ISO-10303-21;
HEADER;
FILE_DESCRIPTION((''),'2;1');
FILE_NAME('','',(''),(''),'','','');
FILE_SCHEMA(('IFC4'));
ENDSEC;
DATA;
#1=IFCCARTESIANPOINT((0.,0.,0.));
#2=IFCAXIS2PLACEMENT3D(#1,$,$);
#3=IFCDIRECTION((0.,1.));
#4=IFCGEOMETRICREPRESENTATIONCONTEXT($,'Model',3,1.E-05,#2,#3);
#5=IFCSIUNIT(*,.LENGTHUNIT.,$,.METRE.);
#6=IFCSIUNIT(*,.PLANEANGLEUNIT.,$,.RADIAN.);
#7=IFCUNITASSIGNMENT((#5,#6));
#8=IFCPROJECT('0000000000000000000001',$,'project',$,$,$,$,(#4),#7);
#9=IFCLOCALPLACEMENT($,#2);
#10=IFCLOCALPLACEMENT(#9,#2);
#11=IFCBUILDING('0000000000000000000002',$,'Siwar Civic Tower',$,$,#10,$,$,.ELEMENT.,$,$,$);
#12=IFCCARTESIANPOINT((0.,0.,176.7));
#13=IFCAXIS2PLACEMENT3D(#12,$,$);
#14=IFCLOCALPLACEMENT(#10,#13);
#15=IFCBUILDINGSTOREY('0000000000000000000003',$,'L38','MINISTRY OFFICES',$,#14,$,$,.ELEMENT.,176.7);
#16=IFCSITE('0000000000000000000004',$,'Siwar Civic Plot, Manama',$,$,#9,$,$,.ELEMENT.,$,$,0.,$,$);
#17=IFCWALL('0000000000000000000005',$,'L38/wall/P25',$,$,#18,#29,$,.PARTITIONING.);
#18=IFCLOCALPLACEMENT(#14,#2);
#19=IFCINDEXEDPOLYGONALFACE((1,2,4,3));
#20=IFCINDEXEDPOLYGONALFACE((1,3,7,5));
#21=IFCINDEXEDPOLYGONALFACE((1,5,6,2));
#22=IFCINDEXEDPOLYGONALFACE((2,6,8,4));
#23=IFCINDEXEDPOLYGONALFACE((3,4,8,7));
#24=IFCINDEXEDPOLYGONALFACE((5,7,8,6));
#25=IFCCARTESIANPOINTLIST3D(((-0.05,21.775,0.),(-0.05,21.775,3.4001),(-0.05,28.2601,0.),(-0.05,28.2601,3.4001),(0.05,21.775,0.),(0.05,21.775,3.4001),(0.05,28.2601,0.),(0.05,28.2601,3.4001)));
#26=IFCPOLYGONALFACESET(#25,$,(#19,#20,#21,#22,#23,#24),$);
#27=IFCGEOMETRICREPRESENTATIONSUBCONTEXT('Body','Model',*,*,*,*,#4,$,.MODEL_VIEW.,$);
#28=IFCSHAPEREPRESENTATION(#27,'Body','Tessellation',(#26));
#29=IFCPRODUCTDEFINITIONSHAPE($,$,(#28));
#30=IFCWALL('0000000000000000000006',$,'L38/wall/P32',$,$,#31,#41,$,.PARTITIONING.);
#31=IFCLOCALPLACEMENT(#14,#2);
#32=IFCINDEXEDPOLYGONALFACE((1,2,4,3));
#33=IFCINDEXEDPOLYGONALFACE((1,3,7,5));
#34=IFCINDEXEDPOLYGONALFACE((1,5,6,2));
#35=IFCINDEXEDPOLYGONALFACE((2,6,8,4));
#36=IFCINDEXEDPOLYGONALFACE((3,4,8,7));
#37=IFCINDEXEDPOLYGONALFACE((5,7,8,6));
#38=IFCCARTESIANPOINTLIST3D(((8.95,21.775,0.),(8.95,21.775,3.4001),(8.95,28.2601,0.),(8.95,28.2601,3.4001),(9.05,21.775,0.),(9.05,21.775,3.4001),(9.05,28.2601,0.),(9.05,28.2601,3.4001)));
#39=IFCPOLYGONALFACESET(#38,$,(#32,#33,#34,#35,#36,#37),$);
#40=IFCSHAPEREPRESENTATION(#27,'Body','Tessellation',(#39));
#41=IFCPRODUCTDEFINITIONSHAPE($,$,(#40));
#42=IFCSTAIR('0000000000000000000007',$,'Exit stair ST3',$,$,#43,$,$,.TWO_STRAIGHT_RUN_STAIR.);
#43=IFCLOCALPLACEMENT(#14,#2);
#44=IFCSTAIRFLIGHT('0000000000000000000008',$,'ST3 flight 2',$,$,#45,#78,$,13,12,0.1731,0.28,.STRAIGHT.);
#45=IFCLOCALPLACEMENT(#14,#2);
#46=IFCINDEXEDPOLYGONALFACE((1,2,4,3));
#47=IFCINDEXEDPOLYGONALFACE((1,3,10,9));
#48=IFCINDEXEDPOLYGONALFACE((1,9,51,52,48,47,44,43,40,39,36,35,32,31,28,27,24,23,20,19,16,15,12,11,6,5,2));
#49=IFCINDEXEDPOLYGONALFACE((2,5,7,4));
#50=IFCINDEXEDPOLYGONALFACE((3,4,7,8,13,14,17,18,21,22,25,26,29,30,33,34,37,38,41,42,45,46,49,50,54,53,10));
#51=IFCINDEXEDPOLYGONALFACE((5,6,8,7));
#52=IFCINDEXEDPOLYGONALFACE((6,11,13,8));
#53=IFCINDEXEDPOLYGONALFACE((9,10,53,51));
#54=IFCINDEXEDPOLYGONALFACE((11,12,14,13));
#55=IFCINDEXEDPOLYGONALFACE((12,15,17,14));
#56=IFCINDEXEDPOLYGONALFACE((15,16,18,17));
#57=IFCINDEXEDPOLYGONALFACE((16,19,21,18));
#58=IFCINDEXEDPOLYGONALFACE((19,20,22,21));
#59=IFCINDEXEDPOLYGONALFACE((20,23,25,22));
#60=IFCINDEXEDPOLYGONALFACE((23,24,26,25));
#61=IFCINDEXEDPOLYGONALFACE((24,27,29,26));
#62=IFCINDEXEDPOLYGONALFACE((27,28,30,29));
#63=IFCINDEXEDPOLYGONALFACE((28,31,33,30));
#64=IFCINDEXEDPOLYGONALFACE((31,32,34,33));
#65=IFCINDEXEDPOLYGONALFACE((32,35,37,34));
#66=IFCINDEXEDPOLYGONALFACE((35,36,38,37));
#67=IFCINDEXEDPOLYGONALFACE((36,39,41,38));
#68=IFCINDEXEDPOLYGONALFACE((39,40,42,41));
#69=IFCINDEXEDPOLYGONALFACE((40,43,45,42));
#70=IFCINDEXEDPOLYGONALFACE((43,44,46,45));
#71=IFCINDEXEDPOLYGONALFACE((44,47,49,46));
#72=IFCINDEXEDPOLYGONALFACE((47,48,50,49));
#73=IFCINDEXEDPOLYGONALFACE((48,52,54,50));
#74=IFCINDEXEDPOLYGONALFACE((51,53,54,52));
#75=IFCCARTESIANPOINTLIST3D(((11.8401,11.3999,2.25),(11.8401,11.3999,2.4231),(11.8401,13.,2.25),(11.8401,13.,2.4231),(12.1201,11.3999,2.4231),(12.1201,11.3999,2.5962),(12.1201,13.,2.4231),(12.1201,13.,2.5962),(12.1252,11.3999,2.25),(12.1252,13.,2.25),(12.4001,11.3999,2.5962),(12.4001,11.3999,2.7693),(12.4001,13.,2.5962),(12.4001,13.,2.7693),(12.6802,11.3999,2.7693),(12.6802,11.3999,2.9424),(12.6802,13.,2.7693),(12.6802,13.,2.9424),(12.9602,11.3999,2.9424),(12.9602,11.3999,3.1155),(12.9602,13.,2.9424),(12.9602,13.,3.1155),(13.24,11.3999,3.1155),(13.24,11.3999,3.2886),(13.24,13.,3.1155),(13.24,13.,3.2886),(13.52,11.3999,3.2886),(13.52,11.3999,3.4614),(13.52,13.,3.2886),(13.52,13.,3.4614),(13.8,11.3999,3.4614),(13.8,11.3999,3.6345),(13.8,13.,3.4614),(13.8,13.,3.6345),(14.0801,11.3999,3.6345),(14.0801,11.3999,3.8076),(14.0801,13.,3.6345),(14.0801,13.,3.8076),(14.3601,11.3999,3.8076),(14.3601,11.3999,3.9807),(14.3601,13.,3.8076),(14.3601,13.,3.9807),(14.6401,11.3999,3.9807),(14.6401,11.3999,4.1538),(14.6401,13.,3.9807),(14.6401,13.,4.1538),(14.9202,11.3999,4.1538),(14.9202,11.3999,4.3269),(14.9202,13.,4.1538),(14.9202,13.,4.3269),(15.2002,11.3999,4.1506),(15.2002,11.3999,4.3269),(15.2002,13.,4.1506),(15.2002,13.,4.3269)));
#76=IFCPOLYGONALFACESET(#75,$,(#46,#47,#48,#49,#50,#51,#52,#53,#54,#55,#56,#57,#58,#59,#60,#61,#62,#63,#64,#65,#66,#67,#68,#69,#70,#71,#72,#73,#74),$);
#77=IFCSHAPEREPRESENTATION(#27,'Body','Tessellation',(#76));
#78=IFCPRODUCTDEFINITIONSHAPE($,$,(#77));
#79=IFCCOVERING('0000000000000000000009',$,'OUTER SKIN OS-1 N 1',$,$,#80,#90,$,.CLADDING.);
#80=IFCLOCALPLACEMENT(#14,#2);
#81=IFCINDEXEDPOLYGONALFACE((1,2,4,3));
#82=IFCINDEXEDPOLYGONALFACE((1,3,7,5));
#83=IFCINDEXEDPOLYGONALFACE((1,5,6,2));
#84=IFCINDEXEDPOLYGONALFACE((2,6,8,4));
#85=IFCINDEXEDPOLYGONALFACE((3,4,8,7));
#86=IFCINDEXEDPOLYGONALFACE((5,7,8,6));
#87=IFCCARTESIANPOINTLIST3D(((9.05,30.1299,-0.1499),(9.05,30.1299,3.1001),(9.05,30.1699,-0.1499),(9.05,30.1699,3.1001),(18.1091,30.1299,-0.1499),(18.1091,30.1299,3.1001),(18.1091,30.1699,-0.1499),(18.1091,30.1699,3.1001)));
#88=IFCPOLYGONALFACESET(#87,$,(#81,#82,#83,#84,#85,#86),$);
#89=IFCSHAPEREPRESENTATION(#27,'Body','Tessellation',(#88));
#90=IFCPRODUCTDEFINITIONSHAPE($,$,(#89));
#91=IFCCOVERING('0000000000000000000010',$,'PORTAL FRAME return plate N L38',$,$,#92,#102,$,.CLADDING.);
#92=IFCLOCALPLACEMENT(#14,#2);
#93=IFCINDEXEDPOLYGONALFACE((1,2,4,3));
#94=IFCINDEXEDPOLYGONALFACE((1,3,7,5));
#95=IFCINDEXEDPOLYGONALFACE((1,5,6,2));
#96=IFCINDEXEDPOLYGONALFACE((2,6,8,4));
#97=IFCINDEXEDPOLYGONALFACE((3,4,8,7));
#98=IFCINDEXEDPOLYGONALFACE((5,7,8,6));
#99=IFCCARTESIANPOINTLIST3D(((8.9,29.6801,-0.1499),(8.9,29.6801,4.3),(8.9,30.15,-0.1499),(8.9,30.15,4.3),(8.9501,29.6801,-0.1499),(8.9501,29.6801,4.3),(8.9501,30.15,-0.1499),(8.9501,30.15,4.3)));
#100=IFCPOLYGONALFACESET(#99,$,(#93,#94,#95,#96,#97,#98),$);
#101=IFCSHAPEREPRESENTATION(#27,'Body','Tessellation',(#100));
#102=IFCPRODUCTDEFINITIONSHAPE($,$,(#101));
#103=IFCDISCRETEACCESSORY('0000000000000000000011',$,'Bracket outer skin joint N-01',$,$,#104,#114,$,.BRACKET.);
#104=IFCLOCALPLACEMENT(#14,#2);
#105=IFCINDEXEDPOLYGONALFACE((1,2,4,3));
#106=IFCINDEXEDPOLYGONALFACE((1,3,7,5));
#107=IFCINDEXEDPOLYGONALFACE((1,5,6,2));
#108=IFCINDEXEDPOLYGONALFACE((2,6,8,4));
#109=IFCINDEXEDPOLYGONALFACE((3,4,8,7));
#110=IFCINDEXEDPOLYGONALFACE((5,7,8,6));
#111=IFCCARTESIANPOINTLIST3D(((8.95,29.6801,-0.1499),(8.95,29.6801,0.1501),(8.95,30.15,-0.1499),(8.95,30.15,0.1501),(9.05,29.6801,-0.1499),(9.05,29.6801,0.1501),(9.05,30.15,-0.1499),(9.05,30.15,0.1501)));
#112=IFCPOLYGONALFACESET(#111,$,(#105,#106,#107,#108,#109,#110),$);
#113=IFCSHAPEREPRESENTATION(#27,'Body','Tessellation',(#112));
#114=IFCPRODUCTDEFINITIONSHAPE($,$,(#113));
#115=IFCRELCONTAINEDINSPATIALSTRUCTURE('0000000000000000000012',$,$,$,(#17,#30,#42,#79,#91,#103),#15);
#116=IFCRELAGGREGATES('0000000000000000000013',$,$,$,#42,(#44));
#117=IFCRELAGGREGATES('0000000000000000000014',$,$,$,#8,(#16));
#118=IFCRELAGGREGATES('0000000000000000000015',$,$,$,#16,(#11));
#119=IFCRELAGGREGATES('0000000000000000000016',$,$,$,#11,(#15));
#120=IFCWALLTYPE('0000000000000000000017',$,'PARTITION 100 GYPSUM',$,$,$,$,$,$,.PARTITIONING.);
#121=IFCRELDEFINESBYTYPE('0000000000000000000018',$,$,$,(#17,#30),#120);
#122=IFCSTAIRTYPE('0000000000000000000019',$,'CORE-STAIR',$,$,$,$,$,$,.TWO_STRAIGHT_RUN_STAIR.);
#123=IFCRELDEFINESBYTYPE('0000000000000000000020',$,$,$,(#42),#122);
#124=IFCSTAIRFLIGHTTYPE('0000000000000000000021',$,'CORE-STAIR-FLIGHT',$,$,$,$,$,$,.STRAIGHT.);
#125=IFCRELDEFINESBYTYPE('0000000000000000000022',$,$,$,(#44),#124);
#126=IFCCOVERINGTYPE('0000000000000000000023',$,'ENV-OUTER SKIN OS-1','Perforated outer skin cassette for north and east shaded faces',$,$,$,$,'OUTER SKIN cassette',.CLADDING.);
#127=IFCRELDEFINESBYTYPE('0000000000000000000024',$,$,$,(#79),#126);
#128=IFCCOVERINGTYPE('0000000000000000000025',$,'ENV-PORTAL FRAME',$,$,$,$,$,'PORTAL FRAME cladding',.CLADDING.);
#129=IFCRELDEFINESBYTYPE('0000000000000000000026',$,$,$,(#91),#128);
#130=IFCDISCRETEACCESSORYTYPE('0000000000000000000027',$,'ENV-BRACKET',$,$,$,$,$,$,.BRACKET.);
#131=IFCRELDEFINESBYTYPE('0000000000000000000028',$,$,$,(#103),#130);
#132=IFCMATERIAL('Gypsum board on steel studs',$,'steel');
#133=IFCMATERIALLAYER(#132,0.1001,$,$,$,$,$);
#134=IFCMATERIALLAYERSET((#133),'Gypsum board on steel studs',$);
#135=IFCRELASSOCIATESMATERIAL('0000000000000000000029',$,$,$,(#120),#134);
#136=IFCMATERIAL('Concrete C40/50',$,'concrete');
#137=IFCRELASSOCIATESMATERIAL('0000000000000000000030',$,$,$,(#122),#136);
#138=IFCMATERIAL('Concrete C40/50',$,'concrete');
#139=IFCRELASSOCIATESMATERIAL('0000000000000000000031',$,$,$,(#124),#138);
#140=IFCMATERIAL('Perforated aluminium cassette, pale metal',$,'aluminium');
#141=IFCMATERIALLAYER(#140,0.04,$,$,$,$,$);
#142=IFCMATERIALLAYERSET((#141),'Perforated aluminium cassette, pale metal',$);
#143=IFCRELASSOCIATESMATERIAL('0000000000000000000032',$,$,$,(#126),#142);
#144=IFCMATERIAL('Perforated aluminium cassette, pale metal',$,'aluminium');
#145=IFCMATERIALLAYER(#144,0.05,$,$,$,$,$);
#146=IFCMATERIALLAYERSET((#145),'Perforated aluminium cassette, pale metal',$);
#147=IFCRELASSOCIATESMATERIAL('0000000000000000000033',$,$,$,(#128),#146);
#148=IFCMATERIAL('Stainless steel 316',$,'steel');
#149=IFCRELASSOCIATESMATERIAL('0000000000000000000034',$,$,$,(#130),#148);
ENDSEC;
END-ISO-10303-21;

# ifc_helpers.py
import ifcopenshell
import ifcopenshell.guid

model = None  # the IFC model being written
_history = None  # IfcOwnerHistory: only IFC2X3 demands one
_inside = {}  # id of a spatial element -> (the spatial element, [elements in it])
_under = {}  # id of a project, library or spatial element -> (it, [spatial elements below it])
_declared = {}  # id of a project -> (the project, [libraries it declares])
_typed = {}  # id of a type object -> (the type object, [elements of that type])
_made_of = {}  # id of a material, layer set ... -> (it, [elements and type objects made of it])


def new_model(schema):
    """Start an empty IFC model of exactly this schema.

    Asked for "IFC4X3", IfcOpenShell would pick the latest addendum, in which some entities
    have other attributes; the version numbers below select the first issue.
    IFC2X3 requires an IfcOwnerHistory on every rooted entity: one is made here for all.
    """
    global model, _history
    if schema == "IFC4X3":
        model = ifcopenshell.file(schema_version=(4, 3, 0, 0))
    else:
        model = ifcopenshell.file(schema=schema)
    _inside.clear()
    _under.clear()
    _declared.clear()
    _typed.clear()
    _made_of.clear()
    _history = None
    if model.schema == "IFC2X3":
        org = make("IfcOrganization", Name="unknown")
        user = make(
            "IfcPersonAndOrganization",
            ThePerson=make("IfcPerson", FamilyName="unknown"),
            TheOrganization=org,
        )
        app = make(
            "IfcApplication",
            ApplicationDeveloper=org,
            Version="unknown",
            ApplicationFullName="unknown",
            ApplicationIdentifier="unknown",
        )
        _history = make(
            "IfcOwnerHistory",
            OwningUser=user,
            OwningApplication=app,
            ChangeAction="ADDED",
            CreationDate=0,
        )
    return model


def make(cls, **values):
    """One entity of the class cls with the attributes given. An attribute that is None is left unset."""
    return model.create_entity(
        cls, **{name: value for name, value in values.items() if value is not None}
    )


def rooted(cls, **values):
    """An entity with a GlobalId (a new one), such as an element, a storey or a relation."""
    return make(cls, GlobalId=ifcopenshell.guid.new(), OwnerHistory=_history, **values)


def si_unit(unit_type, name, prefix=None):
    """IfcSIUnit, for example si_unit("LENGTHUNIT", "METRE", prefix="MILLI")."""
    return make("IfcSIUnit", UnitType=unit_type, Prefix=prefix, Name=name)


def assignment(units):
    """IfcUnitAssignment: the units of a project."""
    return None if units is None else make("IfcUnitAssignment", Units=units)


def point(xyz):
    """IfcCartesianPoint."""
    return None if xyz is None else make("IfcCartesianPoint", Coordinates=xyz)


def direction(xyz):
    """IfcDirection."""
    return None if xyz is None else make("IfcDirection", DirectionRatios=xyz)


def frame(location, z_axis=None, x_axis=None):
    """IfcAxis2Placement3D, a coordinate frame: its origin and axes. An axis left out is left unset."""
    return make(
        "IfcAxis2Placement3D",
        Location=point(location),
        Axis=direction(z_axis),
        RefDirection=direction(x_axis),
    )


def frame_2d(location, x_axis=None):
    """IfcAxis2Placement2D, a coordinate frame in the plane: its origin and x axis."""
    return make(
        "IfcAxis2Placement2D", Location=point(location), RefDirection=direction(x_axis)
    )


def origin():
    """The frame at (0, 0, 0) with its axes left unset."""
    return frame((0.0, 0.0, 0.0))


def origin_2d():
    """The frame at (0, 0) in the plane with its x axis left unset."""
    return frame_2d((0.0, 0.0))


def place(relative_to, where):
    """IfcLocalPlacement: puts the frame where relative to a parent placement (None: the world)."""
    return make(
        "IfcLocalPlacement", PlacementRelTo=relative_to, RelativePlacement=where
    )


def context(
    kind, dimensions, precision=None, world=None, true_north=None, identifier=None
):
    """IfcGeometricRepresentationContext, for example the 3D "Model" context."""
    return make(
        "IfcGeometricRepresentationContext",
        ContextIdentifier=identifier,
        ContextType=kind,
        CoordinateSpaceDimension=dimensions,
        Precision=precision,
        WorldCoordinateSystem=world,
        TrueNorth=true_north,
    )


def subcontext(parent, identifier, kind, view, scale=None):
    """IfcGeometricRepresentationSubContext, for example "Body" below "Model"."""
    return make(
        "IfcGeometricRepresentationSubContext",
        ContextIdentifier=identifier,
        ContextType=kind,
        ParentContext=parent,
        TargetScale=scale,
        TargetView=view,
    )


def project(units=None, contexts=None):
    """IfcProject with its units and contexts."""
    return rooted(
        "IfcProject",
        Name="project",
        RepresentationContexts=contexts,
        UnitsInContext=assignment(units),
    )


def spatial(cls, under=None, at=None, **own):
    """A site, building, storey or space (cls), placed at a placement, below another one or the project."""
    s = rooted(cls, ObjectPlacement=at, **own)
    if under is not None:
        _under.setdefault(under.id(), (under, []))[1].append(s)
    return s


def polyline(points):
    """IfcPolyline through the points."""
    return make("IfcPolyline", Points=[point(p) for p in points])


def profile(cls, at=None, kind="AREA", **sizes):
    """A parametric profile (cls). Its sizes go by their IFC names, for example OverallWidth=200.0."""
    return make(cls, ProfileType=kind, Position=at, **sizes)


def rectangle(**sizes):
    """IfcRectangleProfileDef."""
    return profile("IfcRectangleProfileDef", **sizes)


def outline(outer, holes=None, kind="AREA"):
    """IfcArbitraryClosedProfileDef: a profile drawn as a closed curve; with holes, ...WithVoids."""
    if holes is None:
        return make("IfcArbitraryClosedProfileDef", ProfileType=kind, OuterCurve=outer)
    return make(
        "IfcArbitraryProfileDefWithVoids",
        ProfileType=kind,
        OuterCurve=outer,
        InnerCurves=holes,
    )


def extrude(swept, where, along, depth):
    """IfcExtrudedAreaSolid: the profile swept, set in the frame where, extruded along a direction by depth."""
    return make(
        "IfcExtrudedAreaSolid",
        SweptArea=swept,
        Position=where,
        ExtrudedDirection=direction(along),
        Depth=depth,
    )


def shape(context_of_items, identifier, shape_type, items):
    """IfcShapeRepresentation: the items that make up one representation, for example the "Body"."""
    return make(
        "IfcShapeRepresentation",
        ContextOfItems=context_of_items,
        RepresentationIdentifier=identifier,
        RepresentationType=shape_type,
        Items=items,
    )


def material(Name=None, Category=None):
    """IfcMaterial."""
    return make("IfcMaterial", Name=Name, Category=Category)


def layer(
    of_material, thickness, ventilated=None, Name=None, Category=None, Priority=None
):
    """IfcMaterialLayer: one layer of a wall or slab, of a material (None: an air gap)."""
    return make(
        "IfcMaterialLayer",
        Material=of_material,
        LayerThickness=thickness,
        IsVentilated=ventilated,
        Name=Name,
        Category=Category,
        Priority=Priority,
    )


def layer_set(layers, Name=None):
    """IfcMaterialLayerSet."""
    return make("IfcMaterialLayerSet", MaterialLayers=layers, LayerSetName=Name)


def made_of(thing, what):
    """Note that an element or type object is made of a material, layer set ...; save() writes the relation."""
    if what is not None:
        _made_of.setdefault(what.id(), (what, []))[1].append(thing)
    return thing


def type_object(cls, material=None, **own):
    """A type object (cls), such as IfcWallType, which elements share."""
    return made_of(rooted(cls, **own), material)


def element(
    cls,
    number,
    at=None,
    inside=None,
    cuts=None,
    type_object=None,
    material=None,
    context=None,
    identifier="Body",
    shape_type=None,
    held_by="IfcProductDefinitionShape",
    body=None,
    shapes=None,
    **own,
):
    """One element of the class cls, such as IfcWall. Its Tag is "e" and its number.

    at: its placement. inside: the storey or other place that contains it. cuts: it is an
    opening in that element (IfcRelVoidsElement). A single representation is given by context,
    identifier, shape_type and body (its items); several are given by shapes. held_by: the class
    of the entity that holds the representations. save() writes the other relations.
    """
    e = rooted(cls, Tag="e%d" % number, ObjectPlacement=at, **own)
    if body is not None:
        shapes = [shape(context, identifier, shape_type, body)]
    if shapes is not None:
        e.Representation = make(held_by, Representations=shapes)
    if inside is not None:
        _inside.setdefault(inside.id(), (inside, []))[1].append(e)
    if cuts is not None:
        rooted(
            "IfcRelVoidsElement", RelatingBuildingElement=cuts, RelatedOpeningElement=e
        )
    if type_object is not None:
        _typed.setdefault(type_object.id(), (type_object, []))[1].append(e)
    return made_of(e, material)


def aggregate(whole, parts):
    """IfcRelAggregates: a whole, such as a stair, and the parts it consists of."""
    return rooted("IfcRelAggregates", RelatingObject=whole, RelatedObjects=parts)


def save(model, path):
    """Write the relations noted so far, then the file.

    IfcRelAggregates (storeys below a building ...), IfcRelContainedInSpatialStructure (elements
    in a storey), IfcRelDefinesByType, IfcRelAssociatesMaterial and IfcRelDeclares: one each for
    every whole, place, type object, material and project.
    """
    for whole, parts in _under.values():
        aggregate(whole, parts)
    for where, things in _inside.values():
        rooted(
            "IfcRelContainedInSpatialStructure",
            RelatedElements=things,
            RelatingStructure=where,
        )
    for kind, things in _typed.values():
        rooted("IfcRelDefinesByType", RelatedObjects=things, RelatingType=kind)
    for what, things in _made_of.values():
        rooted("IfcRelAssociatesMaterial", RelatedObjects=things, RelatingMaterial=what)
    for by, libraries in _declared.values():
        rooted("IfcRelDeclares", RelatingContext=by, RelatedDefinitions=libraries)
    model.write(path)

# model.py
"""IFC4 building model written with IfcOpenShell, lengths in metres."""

from ifc_helpers import new_model, si_unit, direction, frame, frame_2d, origin, origin_2d, place, context, subcontext, project, spatial, polyline, rectangle, outline, extrude, material, layer, layer_set, type_object, element, aggregate, save


model = new_model("IFC4")

# Units and contexts
model_context = context("Model", 3, precision=1e-05, world=origin(), true_north=direction((0.0, 1.0)))
body_context = subcontext(model_context, "Body", "Model", "MODEL_VIEW")
ifc_project = project(units=[si_unit("LENGTHUNIT", "METRE"), si_unit("PLANEANGLEUNIT", "RADIAN")], contexts=[model_context])

# Site, building, storey
site_placement = place(None, origin())
site = spatial("IfcSite", under=ifc_project, at=site_placement, Name="Siwar Civic Plot, Manama", CompositionType="ELEMENT", RefElevation=0.0)
building_placement = place(site_placement, origin())
building = spatial("IfcBuilding", under=site, at=building_placement, Name="Siwar Civic Tower", CompositionType="ELEMENT")
storey_placement = place(building_placement, frame((0.0, 0.0, 176.7)))
storey = spatial("IfcBuildingStorey", under=building, at=storey_placement, Name="L38", Description="MINISTRY OFFICES", CompositionType="ELEMENT", Elevation=176.7)

# Walls
ifc_material_1 = material(Name="Gypsum board on steel studs", Category="steel")
ifc_layer_1 = layer(ifc_material_1, 0.1001)
ifc_layer_set_1 = layer_set([ifc_layer_1], Name="Gypsum board on steel studs")
wall_type_1 = type_object("IfcWallType", Name="PARTITION 100 GYPSUM", PredefinedType="PARTITIONING", material=ifc_layer_set_1)
for number, where, z_axis, x_axis, name in (
    (1, (0.0, 21.7749, 0.0), (0.0, 0.0, 1.0), (0.0, 1.0, 0.0), "L38/wall/P25"),
    (2, (9.0, 21.7749, 0.0), (0.0, 0.0, 1.0), (0.0, 1.0, 0.0), "L38/wall/P32"),
):
    element("IfcWall", number, at=place(storey_placement, frame(where, z_axis=z_axis, x_axis=x_axis)), inside=storey, type_object=wall_type_1, Name=name, PredefinedType="PARTITIONING", context=body_context, shape_type="SweptSolid", body=[
        extrude(rectangle(XDim=6.4851, YDim=0.1001, at=frame_2d((3.2427, 0.0))), origin(), (0.0, 0.0, 1.0), 3.4001),
    ])

# Stair, stair flight
ifc_material_2 = material(Name="Concrete C40/50", Category="concrete")
stair_type = type_object("IfcStairType", Name="CORE-STAIR", PredefinedType="TWO_STRAIGHT_RUN_STAIR", material=ifc_material_2)
stair_placement = place(storey_placement, origin())
stair = element("IfcStair", 3, at=stair_placement, inside=storey, type_object=stair_type, Name="Exit stair ST3", PredefinedType="TWO_STRAIGHT_RUN_STAIR")
ifc_material_3 = material(Name="Concrete C40/50", Category="concrete")
stair_flight_type = type_object("IfcStairFlightType", Name="CORE-STAIR-FLIGHT", PredefinedType="STRAIGHT", material=ifc_material_3)
stair_flight_placement = place(storey_placement, frame((11.8401, 12.2, 2.25), z_axis=(0.0, 0.0, 1.0), x_axis=(1.0, 0.0, 0.0)))
stair_flight = element("IfcStairFlight", 4, at=stair_flight_placement, type_object=stair_flight_type, Name="ST3 flight 2", NumberOfRisers=13, NumberOfTreads=12, PredefinedType="STRAIGHT", RiserHeight=0.1731, TreadLength=0.28, context=body_context, shape_type="SweptSolid", body=[
    extrude(outline(polyline([(0.0, 0.0), (0.0, 0.1731), (0.28, 0.1731), (0.28, 0.3462), (0.5601, 0.3462), (0.5601, 0.5193), (0.8401, 0.5193), (0.8401, 0.6924), (1.1201, 0.6924), (1.1201, 0.8655), (1.3999, 0.8655), (1.3999, 1.0386), (1.6799, 1.0386), (1.6799, 1.2114), (1.96, 1.2114), (1.96, 1.3845), (2.24, 1.3845), (2.24, 1.5576), (2.52, 1.5576), (2.52, 1.7307), (2.8, 1.7307), (2.8, 1.9038), (3.0801, 1.9038), (3.0801, 2.0769), (3.3601, 2.0769), (3.3601, 2.25), (3.3601, 1.9006), (0.2852, 0.0), (0.0, 0.0)])), frame((0.0, 0.8, 0.0), z_axis=(0.0, -1.0, 0.0), x_axis=(1.0, 0.0, 0.0)), (0.0, 0.0, 1.0), 1.6001),
])
aggregate(stair, [stair_flight])

# Coverings
ifc_material_4 = material(Name="Perforated aluminium cassette, pale metal", Category="aluminium")
ifc_layer_2 = layer(ifc_material_4, 0.04)
ifc_layer_set_2 = layer_set([ifc_layer_2], Name="Perforated aluminium cassette, pale metal")
covering_type_1 = type_object("IfcCoveringType", Name="ENV-OUTER SKIN OS-1", Description="Perforated outer skin cassette for north and east shaded faces", ElementType="OUTER SKIN cassette", PredefinedType="CLADDING", material=ifc_layer_set_2)
covering_1_placement = place(storey_placement, frame((13.5796, 30.1499, -0.1499), z_axis=(0.0, 0.0, 1.0), x_axis=(-1.0, 0.0, 0.0)))
element("IfcCovering", 5, at=covering_1_placement, inside=storey, type_object=covering_type_1, Name="OUTER SKIN OS-1 N 1", PredefinedType="CLADDING", context=body_context, shape_type="SweptSolid", body=[
    extrude(rectangle(XDim=9.0591, YDim=0.04, at=origin_2d()), origin(), (0.0, 0.0, 1.0), 3.25),
])
ifc_material_5 = material(Name="Perforated aluminium cassette, pale metal", Category="aluminium")
ifc_layer_3 = layer(ifc_material_5, 0.05)
ifc_layer_set_3 = layer_set([ifc_layer_3], Name="Perforated aluminium cassette, pale metal")
covering_type_2 = type_object("IfcCoveringType", Name="ENV-PORTAL FRAME", ElementType="PORTAL FRAME cladding", PredefinedType="CLADDING", material=ifc_layer_set_3)
covering_2_placement = place(storey_placement, frame((8.925, 29.915, -0.1499), z_axis=(0.0, 0.0, 1.0), x_axis=(1.0, 0.0, 0.0)))
element("IfcCovering", 6, at=covering_2_placement, inside=storey, type_object=covering_type_2, Name="PORTAL FRAME return plate N L38", PredefinedType="CLADDING", context=body_context, shape_type="SweptSolid", body=[
    extrude(rectangle(XDim=0.05, YDim=0.47, at=origin_2d()), origin(), (0.0, 0.0, 1.0), 4.45),
])

# Discrete accessory
ifc_material_6 = material(Name="Stainless steel 316", Category="steel")
discrete_accessory_type = type_object("IfcDiscreteAccessoryType", Name="ENV-BRACKET", PredefinedType="BRACKET", material=ifc_material_6)
discrete_accessory_placement = place(storey_placement, frame((9.0, 29.915, -0.1499), z_axis=(0.0, 0.0, 1.0), x_axis=(0.0, 1.0, 0.0)))
element("IfcDiscreteAccessory", 7, at=discrete_accessory_placement, inside=storey, type_object=discrete_accessory_type, Name="Bracket outer skin joint N-01", PredefinedType="BRACKET", context=body_context, shape_type="SweptSolid", body=[
    extrude(rectangle(XDim=0.47, YDim=0.1001, at=origin_2d()), origin(), (0.0, 0.0, 1.0), 0.3),
])

save(model, "model.ifc")
